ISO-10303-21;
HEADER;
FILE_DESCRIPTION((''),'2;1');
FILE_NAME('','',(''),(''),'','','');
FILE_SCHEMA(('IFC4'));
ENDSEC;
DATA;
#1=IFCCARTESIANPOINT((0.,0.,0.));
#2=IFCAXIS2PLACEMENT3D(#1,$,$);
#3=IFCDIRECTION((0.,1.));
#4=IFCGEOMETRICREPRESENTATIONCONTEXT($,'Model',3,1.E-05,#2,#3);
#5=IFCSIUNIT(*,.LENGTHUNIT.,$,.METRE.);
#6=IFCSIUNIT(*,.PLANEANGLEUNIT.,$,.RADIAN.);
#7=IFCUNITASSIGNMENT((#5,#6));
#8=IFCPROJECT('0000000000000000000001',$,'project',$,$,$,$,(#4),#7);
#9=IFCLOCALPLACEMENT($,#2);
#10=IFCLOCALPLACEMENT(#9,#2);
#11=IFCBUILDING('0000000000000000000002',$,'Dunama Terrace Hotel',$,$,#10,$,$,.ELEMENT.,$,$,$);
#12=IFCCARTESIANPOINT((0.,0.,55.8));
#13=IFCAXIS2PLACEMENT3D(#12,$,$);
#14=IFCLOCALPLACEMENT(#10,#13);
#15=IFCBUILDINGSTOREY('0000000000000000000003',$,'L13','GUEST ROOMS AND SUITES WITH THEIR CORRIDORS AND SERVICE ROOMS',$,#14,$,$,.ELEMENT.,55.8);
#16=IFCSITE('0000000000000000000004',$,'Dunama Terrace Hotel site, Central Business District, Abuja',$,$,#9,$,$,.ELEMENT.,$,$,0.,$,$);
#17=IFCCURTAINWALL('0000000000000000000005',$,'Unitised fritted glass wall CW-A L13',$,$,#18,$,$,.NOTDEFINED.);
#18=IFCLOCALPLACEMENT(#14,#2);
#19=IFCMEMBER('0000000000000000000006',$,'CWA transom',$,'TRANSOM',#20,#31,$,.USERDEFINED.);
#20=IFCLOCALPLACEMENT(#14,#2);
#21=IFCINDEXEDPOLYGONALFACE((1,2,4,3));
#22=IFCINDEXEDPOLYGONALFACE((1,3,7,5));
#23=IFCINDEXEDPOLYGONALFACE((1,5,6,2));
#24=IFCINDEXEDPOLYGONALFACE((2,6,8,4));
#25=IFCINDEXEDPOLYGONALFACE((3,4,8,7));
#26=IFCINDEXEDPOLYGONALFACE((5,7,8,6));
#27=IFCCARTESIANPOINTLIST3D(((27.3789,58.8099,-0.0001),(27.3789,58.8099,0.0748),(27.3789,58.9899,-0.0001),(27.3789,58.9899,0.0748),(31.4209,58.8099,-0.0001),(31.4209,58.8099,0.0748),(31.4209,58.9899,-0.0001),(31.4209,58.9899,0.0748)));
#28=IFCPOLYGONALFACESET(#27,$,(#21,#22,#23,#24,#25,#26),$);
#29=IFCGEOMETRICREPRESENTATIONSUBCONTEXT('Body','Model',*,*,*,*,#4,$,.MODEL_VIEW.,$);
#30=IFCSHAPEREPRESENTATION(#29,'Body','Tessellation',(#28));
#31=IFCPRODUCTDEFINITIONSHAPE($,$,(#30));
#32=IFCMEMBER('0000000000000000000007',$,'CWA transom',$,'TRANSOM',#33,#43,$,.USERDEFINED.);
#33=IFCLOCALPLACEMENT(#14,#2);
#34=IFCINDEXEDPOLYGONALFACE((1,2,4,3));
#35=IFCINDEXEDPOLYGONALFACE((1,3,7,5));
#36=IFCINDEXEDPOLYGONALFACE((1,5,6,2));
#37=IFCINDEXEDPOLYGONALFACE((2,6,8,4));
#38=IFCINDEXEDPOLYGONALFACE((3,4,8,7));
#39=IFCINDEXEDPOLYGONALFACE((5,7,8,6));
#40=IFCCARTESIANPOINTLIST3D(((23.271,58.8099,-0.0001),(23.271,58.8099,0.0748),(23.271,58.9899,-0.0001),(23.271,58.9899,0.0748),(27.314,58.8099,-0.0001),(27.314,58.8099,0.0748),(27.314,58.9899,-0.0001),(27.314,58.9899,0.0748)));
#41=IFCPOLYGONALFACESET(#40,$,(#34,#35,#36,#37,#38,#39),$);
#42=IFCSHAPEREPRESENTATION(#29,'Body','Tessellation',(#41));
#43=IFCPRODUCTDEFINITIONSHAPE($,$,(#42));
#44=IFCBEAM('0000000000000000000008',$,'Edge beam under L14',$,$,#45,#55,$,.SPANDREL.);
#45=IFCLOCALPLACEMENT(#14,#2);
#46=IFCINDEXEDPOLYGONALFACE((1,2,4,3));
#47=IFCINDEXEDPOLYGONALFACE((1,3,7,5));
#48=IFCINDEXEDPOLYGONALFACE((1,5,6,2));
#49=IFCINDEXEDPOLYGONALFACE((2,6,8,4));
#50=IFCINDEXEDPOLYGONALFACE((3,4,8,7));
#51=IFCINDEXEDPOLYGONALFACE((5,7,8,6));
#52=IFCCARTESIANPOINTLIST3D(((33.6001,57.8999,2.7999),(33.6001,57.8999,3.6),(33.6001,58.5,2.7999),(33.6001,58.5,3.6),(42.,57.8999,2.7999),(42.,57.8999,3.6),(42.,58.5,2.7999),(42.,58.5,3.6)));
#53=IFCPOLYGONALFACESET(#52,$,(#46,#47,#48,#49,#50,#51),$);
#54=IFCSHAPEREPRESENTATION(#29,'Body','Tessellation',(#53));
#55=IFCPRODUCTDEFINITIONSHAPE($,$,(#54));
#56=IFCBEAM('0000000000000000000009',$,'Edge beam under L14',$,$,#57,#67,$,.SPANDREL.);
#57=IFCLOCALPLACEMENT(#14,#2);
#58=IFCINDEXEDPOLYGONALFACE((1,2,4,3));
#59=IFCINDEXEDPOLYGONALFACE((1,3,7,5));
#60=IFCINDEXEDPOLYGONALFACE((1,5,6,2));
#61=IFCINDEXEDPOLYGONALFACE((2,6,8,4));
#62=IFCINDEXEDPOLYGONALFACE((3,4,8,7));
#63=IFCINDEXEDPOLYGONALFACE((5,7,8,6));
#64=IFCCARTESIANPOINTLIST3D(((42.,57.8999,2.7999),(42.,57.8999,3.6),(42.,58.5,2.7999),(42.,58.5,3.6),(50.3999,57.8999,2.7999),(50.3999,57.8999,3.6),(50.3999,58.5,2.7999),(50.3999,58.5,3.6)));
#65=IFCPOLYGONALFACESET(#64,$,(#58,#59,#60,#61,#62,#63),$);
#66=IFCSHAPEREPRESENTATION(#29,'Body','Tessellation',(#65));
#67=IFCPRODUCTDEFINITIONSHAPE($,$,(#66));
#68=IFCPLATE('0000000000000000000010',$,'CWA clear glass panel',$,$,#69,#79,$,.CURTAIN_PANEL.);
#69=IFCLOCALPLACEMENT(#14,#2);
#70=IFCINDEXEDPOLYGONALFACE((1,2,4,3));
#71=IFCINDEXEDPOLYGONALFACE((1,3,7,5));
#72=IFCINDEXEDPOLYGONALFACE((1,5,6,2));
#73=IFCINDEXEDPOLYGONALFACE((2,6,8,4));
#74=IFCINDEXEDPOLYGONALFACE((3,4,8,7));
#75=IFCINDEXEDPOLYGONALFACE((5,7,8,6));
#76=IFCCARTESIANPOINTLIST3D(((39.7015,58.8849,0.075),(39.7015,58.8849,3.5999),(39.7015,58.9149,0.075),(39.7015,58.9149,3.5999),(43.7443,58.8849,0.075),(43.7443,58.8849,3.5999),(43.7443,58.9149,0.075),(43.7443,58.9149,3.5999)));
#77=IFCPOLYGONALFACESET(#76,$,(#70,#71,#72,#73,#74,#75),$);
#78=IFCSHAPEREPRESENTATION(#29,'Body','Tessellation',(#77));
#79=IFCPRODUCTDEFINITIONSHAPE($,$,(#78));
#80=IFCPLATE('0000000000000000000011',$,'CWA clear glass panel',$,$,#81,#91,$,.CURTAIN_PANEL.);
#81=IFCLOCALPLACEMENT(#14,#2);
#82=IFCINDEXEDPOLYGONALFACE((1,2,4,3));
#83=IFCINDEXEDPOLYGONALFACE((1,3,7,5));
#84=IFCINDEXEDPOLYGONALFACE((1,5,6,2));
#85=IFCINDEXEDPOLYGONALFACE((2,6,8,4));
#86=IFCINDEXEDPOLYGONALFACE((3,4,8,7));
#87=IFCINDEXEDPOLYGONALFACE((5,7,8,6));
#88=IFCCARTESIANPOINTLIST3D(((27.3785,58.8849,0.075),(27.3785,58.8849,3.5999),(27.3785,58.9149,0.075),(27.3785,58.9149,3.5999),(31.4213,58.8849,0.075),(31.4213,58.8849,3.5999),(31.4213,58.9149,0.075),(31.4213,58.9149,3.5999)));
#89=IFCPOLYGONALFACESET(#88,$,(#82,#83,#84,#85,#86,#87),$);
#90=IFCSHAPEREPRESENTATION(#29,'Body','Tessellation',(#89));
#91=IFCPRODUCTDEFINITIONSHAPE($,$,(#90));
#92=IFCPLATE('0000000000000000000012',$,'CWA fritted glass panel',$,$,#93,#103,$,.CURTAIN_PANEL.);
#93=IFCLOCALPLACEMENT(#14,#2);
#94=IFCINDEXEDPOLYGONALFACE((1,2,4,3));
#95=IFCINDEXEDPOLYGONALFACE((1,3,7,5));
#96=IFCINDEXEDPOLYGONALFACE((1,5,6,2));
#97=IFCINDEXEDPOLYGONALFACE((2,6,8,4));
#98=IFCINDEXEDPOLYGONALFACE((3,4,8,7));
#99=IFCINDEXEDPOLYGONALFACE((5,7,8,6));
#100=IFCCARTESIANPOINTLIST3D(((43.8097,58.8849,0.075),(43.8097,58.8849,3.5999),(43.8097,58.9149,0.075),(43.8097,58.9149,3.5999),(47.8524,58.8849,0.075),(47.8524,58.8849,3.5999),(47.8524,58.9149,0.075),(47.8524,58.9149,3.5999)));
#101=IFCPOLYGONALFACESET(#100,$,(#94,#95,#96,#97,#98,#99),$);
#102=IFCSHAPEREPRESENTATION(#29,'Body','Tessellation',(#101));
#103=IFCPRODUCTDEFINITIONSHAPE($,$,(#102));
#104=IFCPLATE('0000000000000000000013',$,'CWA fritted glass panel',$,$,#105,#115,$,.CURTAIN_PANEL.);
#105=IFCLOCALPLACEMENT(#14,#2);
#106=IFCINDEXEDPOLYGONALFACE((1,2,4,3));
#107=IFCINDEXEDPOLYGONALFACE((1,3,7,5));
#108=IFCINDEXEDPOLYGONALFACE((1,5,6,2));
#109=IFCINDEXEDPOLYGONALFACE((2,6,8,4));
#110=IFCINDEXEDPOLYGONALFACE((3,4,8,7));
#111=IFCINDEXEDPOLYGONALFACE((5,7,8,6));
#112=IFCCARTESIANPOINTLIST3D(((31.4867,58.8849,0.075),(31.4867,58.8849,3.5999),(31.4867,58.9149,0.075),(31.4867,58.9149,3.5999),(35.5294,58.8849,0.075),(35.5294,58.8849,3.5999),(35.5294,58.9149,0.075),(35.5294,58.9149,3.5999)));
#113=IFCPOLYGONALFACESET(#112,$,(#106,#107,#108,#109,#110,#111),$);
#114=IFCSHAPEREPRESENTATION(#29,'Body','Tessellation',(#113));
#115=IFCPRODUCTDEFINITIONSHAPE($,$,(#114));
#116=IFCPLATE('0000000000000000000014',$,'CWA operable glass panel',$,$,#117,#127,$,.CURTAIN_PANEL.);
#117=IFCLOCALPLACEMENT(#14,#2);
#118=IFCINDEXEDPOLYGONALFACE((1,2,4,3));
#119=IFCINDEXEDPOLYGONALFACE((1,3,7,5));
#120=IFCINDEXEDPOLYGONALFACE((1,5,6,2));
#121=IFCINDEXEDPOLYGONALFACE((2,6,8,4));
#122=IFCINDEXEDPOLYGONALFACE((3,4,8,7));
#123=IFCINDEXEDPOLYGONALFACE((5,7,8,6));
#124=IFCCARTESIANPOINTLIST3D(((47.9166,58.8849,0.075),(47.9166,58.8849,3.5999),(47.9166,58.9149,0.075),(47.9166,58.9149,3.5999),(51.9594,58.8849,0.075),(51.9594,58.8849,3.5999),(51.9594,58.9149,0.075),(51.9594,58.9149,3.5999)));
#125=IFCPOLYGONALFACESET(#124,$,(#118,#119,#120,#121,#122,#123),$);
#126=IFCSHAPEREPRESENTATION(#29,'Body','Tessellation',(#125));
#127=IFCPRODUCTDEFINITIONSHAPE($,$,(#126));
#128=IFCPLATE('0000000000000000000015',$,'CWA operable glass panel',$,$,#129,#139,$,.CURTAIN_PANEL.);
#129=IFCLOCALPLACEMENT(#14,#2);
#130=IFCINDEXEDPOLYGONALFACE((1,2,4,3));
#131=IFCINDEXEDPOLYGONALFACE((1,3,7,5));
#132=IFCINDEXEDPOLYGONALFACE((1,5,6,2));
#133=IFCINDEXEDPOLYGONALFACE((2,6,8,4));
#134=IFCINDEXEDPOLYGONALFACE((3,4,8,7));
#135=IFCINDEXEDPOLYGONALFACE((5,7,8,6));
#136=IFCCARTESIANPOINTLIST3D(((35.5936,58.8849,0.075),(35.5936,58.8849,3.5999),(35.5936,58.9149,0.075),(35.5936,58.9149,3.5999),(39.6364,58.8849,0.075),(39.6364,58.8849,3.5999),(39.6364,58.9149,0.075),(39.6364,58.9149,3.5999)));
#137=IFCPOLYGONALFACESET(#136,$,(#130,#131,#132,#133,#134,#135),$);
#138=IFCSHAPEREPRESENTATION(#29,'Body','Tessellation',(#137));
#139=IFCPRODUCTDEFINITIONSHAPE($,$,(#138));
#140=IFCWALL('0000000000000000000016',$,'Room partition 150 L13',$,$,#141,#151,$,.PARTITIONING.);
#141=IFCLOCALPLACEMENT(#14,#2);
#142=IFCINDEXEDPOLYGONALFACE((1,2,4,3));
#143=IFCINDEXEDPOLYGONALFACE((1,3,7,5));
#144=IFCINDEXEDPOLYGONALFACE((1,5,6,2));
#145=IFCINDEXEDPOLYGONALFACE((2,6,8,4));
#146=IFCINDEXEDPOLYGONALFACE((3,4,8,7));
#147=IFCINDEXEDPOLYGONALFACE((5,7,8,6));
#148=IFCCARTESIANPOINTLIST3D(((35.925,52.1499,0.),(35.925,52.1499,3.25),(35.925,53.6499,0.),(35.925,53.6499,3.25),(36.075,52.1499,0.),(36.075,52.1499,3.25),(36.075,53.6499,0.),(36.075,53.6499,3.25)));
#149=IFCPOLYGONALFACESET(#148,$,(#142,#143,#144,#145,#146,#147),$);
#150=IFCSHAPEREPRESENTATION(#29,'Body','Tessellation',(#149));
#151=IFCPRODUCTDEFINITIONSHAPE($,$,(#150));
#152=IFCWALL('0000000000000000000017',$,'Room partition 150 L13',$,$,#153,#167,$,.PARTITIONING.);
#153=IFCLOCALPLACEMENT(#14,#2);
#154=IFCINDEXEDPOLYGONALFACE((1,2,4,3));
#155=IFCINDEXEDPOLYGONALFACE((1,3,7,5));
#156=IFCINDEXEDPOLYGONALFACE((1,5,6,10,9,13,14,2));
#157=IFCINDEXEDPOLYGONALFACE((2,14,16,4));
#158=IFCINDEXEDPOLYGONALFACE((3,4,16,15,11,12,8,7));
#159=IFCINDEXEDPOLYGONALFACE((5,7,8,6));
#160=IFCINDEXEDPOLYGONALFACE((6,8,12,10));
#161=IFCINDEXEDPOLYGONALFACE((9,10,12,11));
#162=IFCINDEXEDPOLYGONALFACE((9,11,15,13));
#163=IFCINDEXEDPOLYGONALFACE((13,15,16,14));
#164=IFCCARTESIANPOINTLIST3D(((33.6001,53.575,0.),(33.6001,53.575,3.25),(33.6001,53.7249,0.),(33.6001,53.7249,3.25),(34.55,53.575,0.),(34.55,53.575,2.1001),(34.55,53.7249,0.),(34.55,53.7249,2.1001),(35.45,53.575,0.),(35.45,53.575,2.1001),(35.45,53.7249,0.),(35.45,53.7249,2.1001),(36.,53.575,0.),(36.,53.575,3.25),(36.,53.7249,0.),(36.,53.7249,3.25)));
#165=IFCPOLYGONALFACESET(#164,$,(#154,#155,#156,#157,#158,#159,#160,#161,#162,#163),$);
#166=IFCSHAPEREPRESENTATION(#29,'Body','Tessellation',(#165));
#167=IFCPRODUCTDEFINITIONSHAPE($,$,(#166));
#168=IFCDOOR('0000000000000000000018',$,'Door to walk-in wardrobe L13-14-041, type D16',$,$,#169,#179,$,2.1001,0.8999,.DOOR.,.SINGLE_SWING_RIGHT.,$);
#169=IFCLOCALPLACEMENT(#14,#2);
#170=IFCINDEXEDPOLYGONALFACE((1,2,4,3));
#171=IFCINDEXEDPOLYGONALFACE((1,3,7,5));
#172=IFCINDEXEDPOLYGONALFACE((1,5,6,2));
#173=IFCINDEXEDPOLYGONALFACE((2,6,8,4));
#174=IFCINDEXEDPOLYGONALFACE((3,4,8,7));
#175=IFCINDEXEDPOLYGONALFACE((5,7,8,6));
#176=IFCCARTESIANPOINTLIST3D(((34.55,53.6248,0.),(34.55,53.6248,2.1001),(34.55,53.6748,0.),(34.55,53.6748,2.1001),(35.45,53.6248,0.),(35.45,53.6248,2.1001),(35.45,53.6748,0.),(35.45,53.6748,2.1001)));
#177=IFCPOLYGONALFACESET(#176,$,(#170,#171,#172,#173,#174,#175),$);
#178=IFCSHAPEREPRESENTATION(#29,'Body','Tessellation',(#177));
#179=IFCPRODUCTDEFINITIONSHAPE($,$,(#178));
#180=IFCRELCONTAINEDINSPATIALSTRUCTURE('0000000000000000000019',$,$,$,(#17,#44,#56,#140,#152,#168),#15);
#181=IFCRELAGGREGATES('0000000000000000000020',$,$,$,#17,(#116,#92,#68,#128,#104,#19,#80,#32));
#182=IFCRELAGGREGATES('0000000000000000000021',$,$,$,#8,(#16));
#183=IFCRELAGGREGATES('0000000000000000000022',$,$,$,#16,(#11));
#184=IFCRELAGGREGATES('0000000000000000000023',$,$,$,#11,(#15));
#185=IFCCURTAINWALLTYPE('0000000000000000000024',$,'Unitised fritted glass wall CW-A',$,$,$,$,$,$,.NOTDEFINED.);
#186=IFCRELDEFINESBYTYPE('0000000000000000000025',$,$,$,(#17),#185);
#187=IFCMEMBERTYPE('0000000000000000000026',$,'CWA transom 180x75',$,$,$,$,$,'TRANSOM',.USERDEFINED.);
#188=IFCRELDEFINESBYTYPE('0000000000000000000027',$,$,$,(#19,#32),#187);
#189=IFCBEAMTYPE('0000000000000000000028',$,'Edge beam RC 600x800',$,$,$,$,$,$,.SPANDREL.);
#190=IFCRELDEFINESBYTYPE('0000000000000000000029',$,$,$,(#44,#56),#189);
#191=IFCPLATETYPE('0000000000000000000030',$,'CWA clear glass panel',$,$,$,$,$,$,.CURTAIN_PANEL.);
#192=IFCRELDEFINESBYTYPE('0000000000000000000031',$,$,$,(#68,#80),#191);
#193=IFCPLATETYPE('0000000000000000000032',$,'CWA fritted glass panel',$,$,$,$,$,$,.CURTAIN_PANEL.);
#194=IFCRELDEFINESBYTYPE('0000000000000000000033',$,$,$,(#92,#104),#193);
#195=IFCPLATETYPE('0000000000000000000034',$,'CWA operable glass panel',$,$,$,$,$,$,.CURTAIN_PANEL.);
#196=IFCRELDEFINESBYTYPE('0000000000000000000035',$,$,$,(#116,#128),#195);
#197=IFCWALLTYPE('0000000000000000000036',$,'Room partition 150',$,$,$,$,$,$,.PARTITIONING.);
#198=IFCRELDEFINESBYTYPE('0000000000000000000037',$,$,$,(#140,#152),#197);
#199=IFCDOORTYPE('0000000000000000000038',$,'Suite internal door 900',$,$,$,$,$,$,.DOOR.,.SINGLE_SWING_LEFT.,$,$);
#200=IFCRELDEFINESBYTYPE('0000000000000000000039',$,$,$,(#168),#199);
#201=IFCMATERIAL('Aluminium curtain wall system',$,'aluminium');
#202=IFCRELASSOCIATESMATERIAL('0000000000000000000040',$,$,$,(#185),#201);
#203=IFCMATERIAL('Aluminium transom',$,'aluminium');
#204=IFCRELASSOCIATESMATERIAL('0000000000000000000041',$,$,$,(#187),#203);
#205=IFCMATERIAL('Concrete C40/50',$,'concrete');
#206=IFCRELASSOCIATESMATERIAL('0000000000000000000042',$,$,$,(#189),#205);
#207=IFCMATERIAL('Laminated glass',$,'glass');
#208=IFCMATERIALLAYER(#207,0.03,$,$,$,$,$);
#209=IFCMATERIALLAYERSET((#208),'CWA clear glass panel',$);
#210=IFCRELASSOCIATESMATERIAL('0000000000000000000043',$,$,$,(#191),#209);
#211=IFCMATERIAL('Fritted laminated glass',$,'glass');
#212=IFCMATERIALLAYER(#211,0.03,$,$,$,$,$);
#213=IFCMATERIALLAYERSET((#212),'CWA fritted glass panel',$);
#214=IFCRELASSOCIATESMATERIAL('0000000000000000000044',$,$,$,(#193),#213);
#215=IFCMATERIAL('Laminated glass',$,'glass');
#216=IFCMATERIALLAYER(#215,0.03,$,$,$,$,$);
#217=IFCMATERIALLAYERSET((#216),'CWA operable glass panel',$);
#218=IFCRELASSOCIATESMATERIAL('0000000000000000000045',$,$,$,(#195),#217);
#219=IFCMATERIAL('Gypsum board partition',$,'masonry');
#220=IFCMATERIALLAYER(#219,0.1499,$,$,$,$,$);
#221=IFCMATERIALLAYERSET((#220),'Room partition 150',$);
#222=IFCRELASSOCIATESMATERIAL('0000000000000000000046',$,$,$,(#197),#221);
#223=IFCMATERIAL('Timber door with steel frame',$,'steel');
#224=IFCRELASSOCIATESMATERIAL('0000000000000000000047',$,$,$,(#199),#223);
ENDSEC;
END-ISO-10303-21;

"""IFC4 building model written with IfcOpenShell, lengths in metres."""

from ifc_helpers import new_model, si_unit, direction, frame, frame_2d, origin, origin_2d, place, context, subcontext, project, spatial, rectangle, extrude, material, layer, layer_set, material_profile, profile_set, type_object, element, fill, aggregate, save


model = new_model("IFC4")

# Units and contexts
model_context = context("Model", 3, precision=1e-05, world=origin(), true_north=direction((0.0, 1.0)))
body_context = subcontext(model_context, "Body", "Model", "MODEL_VIEW")
ifc_project = project(units=[si_unit("LENGTHUNIT", "METRE"), si_unit("PLANEANGLEUNIT", "RADIAN")], contexts=[model_context])

# Site, building, storey
site_placement = place(None, origin())
site = spatial("IfcSite", under=ifc_project, at=site_placement, Name="Dunama Terrace Hotel site, Central Business District, Abuja", CompositionType="ELEMENT", RefElevation=0.0)
building_placement = place(site_placement, origin())
building = spatial("IfcBuilding", under=site, at=building_placement, Name="Dunama Terrace Hotel", CompositionType="ELEMENT")
storey_placement = place(building_placement, frame((0.0, 0.0, 55.8)))
storey = spatial("IfcBuildingStorey", under=building, at=storey_placement, Name="L13", Description="GUEST ROOMS AND SUITES WITH THEIR CORRIDORS AND SERVICE ROOMS", CompositionType="ELEMENT", Elevation=55.8)

# Curtain wall, members
ifc_material_1 = material(Name="Aluminium curtain wall system", Category="aluminium")
curtain_wall_type = type_object("IfcCurtainWallType", Name="Unitised fritted glass wall CW-A", PredefinedType="NOTDEFINED", material=ifc_material_1)
curtain_wall_placement = place(storey_placement, origin())
curtain_wall = element("IfcCurtainWall", 1, at=curtain_wall_placement, inside=storey, type_object=curtain_wall_type, Name="Unitised fritted glass wall CW-A L13", PredefinedType="NOTDEFINED")
ifc_material_2 = material(Name="Aluminium transom", Category="aluminium")
ifc_material_profile_1 = material_profile(ifc_material_2, rectangle(XDim=0.1799, YDim=0.075, at=origin_2d()), Name="CWA TRANSOM 180X75")
ifc_profile_set_1 = profile_set([ifc_material_profile_1], Name="Aluminium transom")
member_type_1 = type_object("IfcMemberType", Name="CWA transom 180x75", ElementType="TRANSOM", PredefinedType="USERDEFINED", material=ifc_profile_set_1)
member_1_placement = place(storey_placement, frame((31.4209, 58.8999, 0.0374), z_axis=(-1.0, 0.0, 0.0), x_axis=(0.0, -1.0, 0.0)))
member_1 = element("IfcMember", 2, at=member_1_placement, type_object=member_type_1, Name="CWA transom", ObjectType="TRANSOM", PredefinedType="USERDEFINED", context=body_context, shape_type="SweptSolid", body=[
    extrude(rectangle(XDim=0.1799, YDim=0.075, at=origin_2d()), origin(), (0.0, 0.0, 1.0), 4.042),
])
member_2_placement = place(storey_placement, frame((27.314, 58.8999, 0.0374), z_axis=(-1.0, 0.0, 0.0), x_axis=(0.0, -1.0, 0.0)))
member_2 = element("IfcMember", 3, at=member_2_placement, type_object=member_type_1, Name="CWA transom", ObjectType="TRANSOM", PredefinedType="USERDEFINED", context=body_context, shape_type="SweptSolid", body=[
    extrude(rectangle(XDim=0.1799, YDim=0.075, at=origin_2d()), origin(), (0.0, 0.0, 1.0), 4.043),
])

# Beams
ifc_material_3 = material(Name="Concrete C40/50", Category="concrete")
ifc_material_profile_2 = material_profile(ifc_material_3, rectangle(XDim=0.6001, YDim=0.8, at=origin_2d()), Name="RC 600x800")
ifc_profile_set_2 = profile_set([ifc_material_profile_2], Name="Concrete C40/50")
beam_type = type_object("IfcBeamType", Name="Edge beam RC 600x800", PredefinedType="SPANDREL", material=ifc_profile_set_2)
for number, where, z_axis, x_axis, name in (
    (4, (33.6001, 58.2, 3.2), (1.0, 0.0, 0.0), (0.0, 1.0, 0.0), "Edge beam under L14"),
    (5, (42.0, 58.2, 3.2), (1.0, 0.0, 0.0), (0.0, 1.0, 0.0), "Edge beam under L14"),
):
    element("IfcBeam", number, at=place(storey_placement, frame(where, z_axis=z_axis, x_axis=x_axis)), inside=storey, type_object=beam_type, Name=name, PredefinedType="SPANDREL", context=body_context, shape_type="SweptSolid", body=[
        extrude(rectangle(XDim=0.6001, YDim=0.8, at=origin_2d()), origin(), (0.0, 0.0, 1.0), 8.3999),
    ])

# Plates
ifc_material_4 = material(Name="Laminated glass", Category="glass")
ifc_layer_1 = layer(ifc_material_4, 0.03)
ifc_layer_set_1 = layer_set([ifc_layer_1], Name="CWA clear glass panel")
plate_type_1 = type_object("IfcPlateType", Name="CWA clear glass panel", PredefinedType="CURTAIN_PANEL", material=ifc_layer_set_1)
plate_1_placement = place(storey_placement, frame((41.7229, 58.8999, 0.075), z_axis=(0.0, 0.0, 1.0), x_axis=(-1.0, 0.0, 0.0)))
plate_1 = element("IfcPlate", 6, at=plate_1_placement, type_object=plate_type_1, Name="CWA clear glass panel", PredefinedType="CURTAIN_PANEL", context=body_context, shape_type="SweptSolid", body=[
    extrude(rectangle(XDim=4.0427, YDim=0.03, at=origin_2d()), origin(), (0.0, 0.0, 1.0), 3.5249),
])
plate_2_placement = place(storey_placement, frame((29.3999, 58.8999, 0.075), z_axis=(0.0, 0.0, 1.0), x_axis=(-1.0, 0.0, 0.0)))
plate_2 = element("IfcPlate", 7, at=plate_2_placement, type_object=plate_type_1, Name="CWA clear glass panel", PredefinedType="CURTAIN_PANEL", context=body_context, shape_type="SweptSolid", body=[
    extrude(rectangle(XDim=4.0427, YDim=0.03, at=origin_2d()), origin(), (0.0, 0.0, 1.0), 3.5249),
])
ifc_material_5 = material(Name="Fritted laminated glass", Category="glass")
ifc_layer_2 = layer(ifc_material_5, 0.03)
ifc_layer_set_2 = layer_set([ifc_layer_2], Name="CWA fritted glass panel")
plate_type_2 = type_object("IfcPlateType", Name="CWA fritted glass panel", PredefinedType="CURTAIN_PANEL", material=ifc_layer_set_2)
plate_3_placement = place(storey_placement, frame((45.8311, 58.8999, 0.075), z_axis=(0.0, 0.0, 1.0), x_axis=(-1.0, 0.0, 0.0)))
plate_3 = element("IfcPlate", 8, at=plate_3_placement, type_object=plate_type_2, Name="CWA fritted glass panel", PredefinedType="CURTAIN_PANEL", context=body_context, shape_type="SweptSolid", body=[
    extrude(rectangle(XDim=4.0427, YDim=0.03, at=origin_2d()), origin(), (0.0, 0.0, 1.0), 3.5249),
])
plate_4_placement = place(storey_placement, frame((33.5081, 58.8999, 0.075), z_axis=(0.0, 0.0, 1.0), x_axis=(-1.0, 0.0, 0.0)))
plate_4 = element("IfcPlate", 9, at=plate_4_placement, type_object=plate_type_2, Name="CWA fritted glass panel", PredefinedType="CURTAIN_PANEL", context=body_context, shape_type="SweptSolid", body=[
    extrude(rectangle(XDim=4.0427, YDim=0.03, at=origin_2d()), origin(), (0.0, 0.0, 1.0), 3.5249),
])
ifc_material_6 = material(Name="Laminated glass", Category="glass")
ifc_layer_3 = layer(ifc_material_6, 0.03)
ifc_layer_set_3 = layer_set([ifc_layer_3], Name="CWA operable glass panel")
plate_type_3 = type_object("IfcPlateType", Name="CWA operable glass panel", PredefinedType="CURTAIN_PANEL", material=ifc_layer_set_3)
plate_5_placement = place(storey_placement, frame((49.938, 58.8999, 0.075), z_axis=(0.0, 0.0, 1.0), x_axis=(-1.0, 0.0, 0.0)))
plate_5 = element("IfcPlate", 10, at=plate_5_placement, type_object=plate_type_3, Name="CWA operable glass panel", PredefinedType="CURTAIN_PANEL", context=body_context, shape_type="SweptSolid", body=[
    extrude(rectangle(XDim=4.0427, YDim=0.03, at=origin_2d()), origin(), (0.0, 0.0, 1.0), 3.5249),
])
plate_6_placement = place(storey_placement, frame((37.615, 58.8999, 0.075), z_axis=(0.0, 0.0, 1.0), x_axis=(-1.0, 0.0, 0.0)))
plate_6 = element("IfcPlate", 11, at=plate_6_placement, type_object=plate_type_3, Name="CWA operable glass panel", PredefinedType="CURTAIN_PANEL", context=body_context, shape_type="SweptSolid", body=[
    extrude(rectangle(XDim=4.0427, YDim=0.03, at=origin_2d()), origin(), (0.0, 0.0, 1.0), 3.5249),
])
aggregate(curtain_wall, [plate_5, plate_3, plate_1, plate_6, plate_4, member_1, plate_2, member_2])

# Wall
ifc_material_7 = material(Name="Gypsum board partition", Category="masonry")
ifc_layer_4 = layer(ifc_material_7, 0.1499)
ifc_layer_set_4 = layer_set([ifc_layer_4], Name="Room partition 150")
wall_type = type_object("IfcWallType", Name="Room partition 150", PredefinedType="PARTITIONING", material=ifc_layer_set_4)
wall_1_placement = place(storey_placement, frame((36.0, 52.1499, 0.0), z_axis=(0.0, 0.0, 1.0), x_axis=(0.0, 1.0, 0.0)))
element("IfcWall", 12, at=wall_1_placement, inside=storey, type_object=wall_type, Name="Room partition 150 L13", PredefinedType="PARTITIONING", context=body_context, shape_type="SweptSolid", body=[
    extrude(rectangle(XDim=1.5, YDim=0.1499, at=frame_2d((0.75, 0.0))), origin(), (0.0, 0.0, 1.0), 3.25),
])

# Wall, opening, door
wall_2_placement = place(storey_placement, frame((33.6001, 53.6499, 0.0), z_axis=(0.0, 0.0, 1.0), x_axis=(1.0, 0.0, 0.0)))
wall_2 = element("IfcWall", 13, at=wall_2_placement, inside=storey, type_object=wall_type, Name="Room partition 150 L13", PredefinedType="PARTITIONING", context=body_context, shape_type="SweptSolid", body=[
    extrude(rectangle(XDim=2.3999, YDim=0.1499, at=frame_2d((1.2, 0.0))), origin(), (0.0, 0.0, 1.0), 3.25),
])
opening_placement = place(wall_2_placement, frame((0.95, 0.0, 0.0)))
opening = element("IfcOpeningElement", 14, at=opening_placement, cuts=wall_2, PredefinedType="OPENING", context=body_context, shape_type="SweptSolid", body=[
    extrude(rectangle(XDim=0.8999, YDim=2.1001, at=frame_2d((0.45, 1.05))), frame((0.0, 0.085, 0.0), z_axis=(0.0, -1.0, 0.0), x_axis=(1.0, 0.0, 0.0)), (0.0, 0.0, 1.0), 0.1699),
])
ifc_material_8 = material(Name="Timber door with steel frame", Category="steel")
door_type = type_object("IfcDoorType", Name="Suite internal door 900", OperationType="SINGLE_SWING_LEFT", PredefinedType="DOOR", material=ifc_material_8)
door_placement = place(opening_placement, frame((0.8999, 0.0, 0.0), z_axis=(0.0, 0.0, 1.0), x_axis=(-1.0, 0.0, 0.0)))
door = element("IfcDoor", 15, at=door_placement, inside=storey, type_object=door_type, Name="Door to walk-in wardrobe L13-14-041, type D16", OperationType="SINGLE_SWING_RIGHT", OverallHeight=2.1001, OverallWidth=0.8999, PredefinedType="DOOR", context=body_context, shape_type="SweptSolid", body=[
    extrude(rectangle(XDim=0.8999, YDim=2.1001, at=frame_2d((0.45, 1.05))), frame((0.0, 0.0251, 0.0), z_axis=(0.0, -1.0, 0.0), x_axis=(1.0, 0.0, 0.0)), (0.0, 0.0, 1.0), 0.05),
])
fill(opening, door)

save(model, "model.ifc")
